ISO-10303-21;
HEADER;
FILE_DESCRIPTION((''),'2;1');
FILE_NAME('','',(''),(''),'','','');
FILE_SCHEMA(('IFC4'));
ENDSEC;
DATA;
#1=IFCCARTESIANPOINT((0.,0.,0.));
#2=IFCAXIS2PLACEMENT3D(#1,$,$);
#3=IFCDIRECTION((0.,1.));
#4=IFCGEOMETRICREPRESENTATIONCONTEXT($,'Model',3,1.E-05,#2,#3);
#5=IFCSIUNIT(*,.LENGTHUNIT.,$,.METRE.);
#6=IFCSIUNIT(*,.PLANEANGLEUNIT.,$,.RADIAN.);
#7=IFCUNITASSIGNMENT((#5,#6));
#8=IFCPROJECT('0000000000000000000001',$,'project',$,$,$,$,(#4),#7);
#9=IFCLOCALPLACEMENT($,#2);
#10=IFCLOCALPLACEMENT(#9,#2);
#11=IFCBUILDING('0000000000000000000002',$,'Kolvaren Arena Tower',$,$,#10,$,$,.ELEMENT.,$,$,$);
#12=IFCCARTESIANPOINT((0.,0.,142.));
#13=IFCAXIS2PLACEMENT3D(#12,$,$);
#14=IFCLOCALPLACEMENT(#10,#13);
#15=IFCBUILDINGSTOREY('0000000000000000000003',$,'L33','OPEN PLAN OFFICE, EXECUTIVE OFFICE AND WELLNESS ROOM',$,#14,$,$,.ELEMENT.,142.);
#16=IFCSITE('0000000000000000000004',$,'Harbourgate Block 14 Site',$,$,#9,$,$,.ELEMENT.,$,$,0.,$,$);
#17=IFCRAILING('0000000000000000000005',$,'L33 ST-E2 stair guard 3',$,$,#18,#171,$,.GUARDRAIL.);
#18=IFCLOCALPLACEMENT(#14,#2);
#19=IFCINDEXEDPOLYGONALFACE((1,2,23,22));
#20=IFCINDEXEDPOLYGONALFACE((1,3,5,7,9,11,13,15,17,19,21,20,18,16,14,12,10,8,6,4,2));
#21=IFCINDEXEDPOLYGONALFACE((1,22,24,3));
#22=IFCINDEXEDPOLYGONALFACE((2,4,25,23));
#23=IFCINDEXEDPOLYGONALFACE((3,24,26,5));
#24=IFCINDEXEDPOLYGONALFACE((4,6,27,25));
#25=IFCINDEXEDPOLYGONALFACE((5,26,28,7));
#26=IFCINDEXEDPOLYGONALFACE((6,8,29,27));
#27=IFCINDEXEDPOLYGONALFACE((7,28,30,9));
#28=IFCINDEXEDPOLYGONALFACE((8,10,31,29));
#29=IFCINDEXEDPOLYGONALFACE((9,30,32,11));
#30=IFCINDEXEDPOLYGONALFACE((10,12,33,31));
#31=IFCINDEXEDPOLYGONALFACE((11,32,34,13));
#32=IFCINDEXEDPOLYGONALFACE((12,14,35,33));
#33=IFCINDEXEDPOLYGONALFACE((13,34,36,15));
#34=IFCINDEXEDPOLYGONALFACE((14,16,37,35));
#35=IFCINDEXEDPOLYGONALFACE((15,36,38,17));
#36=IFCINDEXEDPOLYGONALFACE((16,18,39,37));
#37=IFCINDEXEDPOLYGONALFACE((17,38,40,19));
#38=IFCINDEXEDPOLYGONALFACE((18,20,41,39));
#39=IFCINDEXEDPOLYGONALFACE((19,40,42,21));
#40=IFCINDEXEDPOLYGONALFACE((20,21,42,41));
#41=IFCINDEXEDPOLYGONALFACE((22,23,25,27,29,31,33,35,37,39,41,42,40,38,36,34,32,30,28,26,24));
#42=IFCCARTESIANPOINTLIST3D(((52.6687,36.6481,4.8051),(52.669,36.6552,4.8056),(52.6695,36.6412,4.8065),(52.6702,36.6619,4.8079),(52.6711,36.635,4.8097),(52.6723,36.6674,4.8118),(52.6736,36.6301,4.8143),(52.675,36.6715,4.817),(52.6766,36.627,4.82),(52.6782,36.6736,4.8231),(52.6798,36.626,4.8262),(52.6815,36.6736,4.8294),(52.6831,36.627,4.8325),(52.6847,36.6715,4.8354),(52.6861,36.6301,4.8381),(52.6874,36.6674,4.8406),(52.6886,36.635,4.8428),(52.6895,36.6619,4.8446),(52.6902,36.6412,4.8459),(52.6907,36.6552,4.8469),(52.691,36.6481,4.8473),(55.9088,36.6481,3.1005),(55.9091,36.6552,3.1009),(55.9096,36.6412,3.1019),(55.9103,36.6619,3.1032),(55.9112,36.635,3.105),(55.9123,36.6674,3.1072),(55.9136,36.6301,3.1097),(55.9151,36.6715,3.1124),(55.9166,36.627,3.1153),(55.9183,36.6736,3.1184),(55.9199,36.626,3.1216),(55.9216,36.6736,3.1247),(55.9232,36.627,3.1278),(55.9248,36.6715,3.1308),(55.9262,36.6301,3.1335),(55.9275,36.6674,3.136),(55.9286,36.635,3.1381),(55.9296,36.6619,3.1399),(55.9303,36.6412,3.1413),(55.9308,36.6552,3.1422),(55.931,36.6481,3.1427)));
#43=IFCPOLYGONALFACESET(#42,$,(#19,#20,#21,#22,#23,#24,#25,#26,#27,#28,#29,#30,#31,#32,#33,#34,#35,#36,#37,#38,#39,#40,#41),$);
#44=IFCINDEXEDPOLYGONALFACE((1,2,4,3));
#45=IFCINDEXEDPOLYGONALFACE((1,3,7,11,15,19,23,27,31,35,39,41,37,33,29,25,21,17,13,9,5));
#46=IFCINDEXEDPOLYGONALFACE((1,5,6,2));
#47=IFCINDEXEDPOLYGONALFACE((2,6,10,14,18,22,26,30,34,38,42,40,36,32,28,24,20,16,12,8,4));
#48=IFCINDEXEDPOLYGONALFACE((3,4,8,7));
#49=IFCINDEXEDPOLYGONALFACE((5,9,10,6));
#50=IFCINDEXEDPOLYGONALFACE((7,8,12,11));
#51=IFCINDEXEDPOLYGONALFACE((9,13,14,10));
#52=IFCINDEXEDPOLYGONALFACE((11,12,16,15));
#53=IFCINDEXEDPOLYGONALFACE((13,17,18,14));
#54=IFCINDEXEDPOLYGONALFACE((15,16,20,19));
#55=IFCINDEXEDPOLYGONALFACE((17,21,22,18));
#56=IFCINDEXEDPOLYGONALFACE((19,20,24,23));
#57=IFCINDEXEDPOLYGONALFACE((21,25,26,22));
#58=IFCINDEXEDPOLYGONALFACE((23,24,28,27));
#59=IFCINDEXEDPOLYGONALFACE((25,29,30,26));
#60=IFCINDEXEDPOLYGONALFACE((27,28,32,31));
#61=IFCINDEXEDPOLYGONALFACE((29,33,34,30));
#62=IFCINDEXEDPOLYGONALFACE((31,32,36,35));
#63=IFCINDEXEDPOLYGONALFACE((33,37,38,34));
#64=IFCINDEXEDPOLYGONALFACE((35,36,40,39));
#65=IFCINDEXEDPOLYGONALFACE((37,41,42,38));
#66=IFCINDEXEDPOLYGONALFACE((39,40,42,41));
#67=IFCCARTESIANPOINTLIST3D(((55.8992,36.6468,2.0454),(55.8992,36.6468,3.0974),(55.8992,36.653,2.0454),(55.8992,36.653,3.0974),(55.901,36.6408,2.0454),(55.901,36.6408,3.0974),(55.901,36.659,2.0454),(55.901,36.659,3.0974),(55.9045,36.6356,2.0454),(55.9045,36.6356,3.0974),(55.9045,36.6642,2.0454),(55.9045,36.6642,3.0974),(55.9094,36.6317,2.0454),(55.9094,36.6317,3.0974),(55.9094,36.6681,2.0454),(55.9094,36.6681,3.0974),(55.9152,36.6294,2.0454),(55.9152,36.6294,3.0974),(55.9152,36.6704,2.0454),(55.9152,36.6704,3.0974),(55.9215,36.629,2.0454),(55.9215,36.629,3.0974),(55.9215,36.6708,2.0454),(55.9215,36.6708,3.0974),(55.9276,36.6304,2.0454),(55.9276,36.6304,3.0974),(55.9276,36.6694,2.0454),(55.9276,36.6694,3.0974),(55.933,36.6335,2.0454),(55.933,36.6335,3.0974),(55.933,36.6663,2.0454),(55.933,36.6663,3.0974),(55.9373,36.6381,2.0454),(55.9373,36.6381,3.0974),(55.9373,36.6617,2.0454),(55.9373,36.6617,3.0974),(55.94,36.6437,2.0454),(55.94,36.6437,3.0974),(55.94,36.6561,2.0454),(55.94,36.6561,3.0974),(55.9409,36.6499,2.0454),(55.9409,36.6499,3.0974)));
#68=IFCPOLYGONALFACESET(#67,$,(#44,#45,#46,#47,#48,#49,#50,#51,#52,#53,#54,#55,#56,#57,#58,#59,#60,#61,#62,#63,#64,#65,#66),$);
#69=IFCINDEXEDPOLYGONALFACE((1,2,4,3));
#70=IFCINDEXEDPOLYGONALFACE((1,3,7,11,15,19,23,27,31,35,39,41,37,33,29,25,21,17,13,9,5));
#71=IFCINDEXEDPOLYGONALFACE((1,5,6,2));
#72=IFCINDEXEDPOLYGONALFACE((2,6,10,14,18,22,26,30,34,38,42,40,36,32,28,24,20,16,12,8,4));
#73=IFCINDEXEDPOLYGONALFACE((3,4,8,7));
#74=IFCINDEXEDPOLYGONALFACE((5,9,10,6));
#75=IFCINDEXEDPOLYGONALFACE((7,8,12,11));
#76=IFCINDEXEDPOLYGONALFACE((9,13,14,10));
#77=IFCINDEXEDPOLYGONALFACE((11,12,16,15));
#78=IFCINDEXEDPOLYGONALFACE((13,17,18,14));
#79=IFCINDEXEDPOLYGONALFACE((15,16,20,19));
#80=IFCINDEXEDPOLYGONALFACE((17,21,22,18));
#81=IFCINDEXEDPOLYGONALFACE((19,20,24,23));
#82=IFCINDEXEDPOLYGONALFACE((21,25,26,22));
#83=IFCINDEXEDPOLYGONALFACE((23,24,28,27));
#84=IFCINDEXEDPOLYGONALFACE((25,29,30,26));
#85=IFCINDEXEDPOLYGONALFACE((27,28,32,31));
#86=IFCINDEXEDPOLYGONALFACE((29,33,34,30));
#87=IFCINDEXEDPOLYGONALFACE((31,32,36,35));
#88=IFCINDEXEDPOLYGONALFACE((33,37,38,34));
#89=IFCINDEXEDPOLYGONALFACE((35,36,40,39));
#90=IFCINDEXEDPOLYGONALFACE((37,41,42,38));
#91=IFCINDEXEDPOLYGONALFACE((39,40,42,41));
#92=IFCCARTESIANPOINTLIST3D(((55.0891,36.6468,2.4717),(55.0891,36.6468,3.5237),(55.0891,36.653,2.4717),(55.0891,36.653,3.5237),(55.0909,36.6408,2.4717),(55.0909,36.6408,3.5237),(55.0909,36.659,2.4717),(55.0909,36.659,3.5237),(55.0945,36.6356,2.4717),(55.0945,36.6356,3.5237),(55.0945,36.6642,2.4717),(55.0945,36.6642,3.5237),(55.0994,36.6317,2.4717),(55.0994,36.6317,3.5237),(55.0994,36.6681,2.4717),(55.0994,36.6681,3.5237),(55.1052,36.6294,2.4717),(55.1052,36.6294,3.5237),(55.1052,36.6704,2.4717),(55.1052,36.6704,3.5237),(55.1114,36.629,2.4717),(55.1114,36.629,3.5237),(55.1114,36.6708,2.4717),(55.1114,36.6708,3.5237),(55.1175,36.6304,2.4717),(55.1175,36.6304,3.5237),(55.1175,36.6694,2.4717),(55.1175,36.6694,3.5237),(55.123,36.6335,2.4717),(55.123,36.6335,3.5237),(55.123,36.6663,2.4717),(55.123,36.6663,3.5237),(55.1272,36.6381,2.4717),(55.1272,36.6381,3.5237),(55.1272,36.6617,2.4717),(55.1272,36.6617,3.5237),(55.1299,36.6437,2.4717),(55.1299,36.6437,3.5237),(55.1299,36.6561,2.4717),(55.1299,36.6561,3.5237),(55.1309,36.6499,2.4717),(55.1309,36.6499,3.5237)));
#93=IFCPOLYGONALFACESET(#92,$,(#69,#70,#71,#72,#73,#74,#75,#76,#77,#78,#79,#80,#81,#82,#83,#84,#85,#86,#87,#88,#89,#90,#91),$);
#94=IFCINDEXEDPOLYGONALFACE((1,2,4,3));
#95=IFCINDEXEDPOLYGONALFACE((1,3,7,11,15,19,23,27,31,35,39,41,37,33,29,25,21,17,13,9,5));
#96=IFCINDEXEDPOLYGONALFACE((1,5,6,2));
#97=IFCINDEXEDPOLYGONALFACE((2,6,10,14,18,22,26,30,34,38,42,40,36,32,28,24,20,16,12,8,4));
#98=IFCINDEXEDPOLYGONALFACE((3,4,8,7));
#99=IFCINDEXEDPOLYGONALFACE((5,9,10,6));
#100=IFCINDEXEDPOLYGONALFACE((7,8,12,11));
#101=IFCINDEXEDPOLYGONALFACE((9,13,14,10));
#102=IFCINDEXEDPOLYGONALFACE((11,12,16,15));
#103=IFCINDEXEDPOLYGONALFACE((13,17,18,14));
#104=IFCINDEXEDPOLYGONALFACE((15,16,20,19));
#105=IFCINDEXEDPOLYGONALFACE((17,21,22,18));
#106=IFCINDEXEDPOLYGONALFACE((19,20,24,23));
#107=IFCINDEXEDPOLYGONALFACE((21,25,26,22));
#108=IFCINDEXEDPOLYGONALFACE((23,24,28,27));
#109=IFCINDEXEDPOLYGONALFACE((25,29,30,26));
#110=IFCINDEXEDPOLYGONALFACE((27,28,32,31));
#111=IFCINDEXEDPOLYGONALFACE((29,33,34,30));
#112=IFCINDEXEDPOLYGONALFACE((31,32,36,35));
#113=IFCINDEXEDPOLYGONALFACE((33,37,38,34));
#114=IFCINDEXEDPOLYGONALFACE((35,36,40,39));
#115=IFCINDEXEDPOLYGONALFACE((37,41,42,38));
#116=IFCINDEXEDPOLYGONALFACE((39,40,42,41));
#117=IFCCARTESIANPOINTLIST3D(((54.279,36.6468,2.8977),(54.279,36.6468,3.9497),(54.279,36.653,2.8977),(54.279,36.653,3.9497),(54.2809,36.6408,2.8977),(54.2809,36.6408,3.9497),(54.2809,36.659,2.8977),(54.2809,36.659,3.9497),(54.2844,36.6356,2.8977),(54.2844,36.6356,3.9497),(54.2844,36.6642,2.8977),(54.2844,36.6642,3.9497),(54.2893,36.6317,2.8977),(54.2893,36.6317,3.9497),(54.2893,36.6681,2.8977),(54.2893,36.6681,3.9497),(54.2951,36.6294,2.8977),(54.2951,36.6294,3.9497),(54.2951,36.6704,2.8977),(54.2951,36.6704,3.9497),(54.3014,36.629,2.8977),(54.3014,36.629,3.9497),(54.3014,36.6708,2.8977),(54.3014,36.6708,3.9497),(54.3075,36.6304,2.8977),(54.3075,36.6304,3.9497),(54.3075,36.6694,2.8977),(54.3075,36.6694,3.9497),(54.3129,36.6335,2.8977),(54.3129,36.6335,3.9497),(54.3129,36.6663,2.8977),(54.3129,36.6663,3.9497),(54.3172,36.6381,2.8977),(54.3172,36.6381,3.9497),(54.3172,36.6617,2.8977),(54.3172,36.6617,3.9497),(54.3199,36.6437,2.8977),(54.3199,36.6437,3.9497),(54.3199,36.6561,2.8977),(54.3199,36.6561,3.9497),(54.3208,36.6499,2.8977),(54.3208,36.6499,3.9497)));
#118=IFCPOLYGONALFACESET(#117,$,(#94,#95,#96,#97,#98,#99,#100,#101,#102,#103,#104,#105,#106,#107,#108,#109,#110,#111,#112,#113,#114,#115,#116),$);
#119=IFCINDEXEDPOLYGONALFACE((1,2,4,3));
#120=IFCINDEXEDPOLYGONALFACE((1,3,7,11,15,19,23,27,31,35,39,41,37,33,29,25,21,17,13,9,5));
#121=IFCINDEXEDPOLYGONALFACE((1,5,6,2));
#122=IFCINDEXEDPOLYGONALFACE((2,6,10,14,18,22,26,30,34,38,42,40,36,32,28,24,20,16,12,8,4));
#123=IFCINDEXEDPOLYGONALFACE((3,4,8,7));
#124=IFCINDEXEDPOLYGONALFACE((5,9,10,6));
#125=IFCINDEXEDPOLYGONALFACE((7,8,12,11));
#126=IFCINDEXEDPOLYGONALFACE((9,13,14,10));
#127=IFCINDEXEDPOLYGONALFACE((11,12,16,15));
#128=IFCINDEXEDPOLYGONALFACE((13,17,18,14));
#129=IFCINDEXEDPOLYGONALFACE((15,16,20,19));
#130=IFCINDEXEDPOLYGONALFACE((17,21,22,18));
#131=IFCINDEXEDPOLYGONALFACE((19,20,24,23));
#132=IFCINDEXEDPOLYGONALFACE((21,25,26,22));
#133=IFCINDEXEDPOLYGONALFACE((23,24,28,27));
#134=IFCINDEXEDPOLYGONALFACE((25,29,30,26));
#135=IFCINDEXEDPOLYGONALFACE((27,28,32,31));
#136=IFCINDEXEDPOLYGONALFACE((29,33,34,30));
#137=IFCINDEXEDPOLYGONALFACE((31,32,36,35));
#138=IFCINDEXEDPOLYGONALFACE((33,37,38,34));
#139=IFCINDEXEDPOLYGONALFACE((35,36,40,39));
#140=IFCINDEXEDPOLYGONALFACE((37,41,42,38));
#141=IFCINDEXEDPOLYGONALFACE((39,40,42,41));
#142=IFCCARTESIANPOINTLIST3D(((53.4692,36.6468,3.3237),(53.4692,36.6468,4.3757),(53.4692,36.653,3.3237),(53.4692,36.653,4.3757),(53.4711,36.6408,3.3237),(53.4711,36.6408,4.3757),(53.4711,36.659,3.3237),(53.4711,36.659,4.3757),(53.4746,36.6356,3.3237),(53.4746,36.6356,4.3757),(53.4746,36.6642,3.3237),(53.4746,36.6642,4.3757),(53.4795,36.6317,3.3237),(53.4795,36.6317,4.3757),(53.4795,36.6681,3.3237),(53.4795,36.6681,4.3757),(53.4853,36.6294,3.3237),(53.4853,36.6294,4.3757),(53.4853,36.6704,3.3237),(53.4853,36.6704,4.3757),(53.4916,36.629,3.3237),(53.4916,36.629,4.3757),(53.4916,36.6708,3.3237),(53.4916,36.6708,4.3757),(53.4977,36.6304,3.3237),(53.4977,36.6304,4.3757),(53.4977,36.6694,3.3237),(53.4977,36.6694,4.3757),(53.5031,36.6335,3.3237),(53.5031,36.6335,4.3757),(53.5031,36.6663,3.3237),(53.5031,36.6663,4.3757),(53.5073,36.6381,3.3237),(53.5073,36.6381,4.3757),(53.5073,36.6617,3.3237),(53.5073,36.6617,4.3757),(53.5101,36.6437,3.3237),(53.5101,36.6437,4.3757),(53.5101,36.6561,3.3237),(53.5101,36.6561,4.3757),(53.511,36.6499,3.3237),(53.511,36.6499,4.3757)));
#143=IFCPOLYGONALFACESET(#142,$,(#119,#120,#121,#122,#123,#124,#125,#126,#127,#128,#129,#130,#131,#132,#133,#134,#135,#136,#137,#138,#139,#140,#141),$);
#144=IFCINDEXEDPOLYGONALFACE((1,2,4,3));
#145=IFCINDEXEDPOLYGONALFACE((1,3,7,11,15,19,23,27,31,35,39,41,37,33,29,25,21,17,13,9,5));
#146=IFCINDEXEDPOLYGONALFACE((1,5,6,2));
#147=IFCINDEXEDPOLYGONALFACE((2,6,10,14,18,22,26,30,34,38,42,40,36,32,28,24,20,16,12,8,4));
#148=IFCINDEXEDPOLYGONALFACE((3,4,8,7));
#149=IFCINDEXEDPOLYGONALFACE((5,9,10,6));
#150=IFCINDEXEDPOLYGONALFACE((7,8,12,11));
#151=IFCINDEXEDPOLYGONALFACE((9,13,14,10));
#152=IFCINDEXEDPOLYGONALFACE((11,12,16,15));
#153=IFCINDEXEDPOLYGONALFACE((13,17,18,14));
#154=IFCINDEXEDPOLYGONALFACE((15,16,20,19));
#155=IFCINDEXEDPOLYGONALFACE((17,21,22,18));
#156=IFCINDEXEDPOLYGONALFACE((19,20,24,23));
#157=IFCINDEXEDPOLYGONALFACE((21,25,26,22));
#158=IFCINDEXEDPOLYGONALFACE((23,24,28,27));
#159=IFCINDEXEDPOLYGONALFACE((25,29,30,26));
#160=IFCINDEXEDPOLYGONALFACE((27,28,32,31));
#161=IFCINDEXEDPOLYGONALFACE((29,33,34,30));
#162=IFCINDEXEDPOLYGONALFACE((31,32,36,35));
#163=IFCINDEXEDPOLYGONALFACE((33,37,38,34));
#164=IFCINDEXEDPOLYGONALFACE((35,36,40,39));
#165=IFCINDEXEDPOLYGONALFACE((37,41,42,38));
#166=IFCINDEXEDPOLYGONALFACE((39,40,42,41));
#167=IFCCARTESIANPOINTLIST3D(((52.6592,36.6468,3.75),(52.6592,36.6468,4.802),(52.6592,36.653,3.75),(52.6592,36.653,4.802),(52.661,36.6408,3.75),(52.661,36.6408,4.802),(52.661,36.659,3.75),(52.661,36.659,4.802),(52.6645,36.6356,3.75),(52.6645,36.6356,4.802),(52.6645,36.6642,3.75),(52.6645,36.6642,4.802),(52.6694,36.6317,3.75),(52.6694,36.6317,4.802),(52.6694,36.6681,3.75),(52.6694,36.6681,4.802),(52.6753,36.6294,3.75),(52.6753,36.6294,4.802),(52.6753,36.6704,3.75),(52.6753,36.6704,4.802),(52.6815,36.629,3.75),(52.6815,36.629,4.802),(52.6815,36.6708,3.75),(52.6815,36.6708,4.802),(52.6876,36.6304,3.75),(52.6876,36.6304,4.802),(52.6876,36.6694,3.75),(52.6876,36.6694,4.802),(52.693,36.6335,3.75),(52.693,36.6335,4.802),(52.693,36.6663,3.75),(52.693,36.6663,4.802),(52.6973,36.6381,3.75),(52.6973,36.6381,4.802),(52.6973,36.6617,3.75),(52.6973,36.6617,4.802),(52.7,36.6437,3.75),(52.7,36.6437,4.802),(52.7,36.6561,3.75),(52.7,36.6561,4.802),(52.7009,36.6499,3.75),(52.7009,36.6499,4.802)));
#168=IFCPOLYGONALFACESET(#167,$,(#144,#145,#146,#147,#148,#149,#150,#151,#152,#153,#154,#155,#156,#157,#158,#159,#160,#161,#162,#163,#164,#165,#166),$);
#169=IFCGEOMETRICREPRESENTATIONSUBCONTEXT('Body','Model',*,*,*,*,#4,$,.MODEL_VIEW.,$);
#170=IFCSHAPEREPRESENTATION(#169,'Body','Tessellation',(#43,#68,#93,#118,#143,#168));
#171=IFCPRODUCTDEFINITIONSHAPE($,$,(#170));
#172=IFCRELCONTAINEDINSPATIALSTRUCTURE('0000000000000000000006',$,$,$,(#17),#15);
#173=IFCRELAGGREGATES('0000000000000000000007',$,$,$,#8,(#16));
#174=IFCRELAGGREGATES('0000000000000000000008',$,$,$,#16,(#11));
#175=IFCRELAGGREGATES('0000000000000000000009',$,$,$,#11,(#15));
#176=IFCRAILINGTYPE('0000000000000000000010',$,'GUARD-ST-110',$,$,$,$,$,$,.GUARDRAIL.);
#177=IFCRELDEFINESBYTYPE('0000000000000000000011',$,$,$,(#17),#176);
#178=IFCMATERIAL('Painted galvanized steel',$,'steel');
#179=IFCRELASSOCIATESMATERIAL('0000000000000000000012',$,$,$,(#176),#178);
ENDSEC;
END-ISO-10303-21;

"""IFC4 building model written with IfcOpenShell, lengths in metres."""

from ifc_helpers import new_model, si_unit, direction, frame, origin, origin_2d, place, context, subcontext, project, spatial, circle, extrude, material, type_object, element, save


model = new_model("IFC4")

# Units and contexts
model_context = context("Model", 3, precision=1e-05, world=origin(), true_north=direction((0.0, 1.0)))
body_context = subcontext(model_context, "Body", "Model", "MODEL_VIEW")
ifc_project = project(units=[si_unit("LENGTHUNIT", "METRE"), si_unit("PLANEANGLEUNIT", "RADIAN")], contexts=[model_context])

# Site, building, storey
site_placement = place(None, origin())
site = spatial("IfcSite", under=ifc_project, at=site_placement, Name="Harbourgate Block 14 Site", CompositionType="ELEMENT", RefElevation=0.0)
building_placement = place(site_placement, origin())
building = spatial("IfcBuilding", under=site, at=building_placement, Name="Kolvaren Arena Tower", CompositionType="ELEMENT")
storey_placement = place(building_placement, frame((0.0, 0.0, 142.0)))
storey = spatial("IfcBuildingStorey", under=building, at=storey_placement, Name="L33", Description="OPEN PLAN OFFICE, EXECUTIVE OFFICE AND WELLNESS ROOM", CompositionType="ELEMENT", Elevation=142.0)

# Railing
ifc_material_1 = material(Name="Painted galvanized steel", Category="steel")
railing_type_1 = type_object("IfcRailingType", Name="GUARD-ST-110", PredefinedType="GUARDRAIL", material=ifc_material_1)
railing_1_placement = place(storey_placement, frame((55.9199, 36.6499, 2.0454)))
element("IfcRailing", 1, at=railing_1_placement, inside=storey, type_object=railing_type_1, Name="L33 ST-E2 stair guard 3", PredefinedType="GUARDRAIL", context=body_context, shape_type="SweptSolid", body=[
    extrude(circle(Radius=0.0239, at=origin_2d()), frame((0.0, 0.0, 1.0762), z_axis=(-0.884993, 0.0, 0.465604), x_axis=(0.0, -1.0, 0.0)), (0.0, 0.0, 1.0), 3.6611),
    extrude(circle(Radius=0.021, at=origin_2d()), origin(), (0.0, 0.0, 1.0), 1.052),
    extrude(circle(Radius=0.021, at=origin_2d()), frame((-0.8101, 0.0, 0.4263)), (0.0, 0.0, 1.0), 1.052),
    extrude(circle(Radius=0.021, at=origin_2d()), frame((-1.6201, 0.0, 0.8523)), (0.0, 0.0, 1.0), 1.052),
    extrude(circle(Radius=0.021, at=origin_2d()), frame((-2.4299, 0.0, 1.2783)), (0.0, 0.0, 1.0), 1.052),
    extrude(circle(Radius=0.021, at=origin_2d()), frame((-3.24, 0.0, 1.7046)), (0.0, 0.0, 1.0), 1.052),
])

save(model, "model.ifc")
